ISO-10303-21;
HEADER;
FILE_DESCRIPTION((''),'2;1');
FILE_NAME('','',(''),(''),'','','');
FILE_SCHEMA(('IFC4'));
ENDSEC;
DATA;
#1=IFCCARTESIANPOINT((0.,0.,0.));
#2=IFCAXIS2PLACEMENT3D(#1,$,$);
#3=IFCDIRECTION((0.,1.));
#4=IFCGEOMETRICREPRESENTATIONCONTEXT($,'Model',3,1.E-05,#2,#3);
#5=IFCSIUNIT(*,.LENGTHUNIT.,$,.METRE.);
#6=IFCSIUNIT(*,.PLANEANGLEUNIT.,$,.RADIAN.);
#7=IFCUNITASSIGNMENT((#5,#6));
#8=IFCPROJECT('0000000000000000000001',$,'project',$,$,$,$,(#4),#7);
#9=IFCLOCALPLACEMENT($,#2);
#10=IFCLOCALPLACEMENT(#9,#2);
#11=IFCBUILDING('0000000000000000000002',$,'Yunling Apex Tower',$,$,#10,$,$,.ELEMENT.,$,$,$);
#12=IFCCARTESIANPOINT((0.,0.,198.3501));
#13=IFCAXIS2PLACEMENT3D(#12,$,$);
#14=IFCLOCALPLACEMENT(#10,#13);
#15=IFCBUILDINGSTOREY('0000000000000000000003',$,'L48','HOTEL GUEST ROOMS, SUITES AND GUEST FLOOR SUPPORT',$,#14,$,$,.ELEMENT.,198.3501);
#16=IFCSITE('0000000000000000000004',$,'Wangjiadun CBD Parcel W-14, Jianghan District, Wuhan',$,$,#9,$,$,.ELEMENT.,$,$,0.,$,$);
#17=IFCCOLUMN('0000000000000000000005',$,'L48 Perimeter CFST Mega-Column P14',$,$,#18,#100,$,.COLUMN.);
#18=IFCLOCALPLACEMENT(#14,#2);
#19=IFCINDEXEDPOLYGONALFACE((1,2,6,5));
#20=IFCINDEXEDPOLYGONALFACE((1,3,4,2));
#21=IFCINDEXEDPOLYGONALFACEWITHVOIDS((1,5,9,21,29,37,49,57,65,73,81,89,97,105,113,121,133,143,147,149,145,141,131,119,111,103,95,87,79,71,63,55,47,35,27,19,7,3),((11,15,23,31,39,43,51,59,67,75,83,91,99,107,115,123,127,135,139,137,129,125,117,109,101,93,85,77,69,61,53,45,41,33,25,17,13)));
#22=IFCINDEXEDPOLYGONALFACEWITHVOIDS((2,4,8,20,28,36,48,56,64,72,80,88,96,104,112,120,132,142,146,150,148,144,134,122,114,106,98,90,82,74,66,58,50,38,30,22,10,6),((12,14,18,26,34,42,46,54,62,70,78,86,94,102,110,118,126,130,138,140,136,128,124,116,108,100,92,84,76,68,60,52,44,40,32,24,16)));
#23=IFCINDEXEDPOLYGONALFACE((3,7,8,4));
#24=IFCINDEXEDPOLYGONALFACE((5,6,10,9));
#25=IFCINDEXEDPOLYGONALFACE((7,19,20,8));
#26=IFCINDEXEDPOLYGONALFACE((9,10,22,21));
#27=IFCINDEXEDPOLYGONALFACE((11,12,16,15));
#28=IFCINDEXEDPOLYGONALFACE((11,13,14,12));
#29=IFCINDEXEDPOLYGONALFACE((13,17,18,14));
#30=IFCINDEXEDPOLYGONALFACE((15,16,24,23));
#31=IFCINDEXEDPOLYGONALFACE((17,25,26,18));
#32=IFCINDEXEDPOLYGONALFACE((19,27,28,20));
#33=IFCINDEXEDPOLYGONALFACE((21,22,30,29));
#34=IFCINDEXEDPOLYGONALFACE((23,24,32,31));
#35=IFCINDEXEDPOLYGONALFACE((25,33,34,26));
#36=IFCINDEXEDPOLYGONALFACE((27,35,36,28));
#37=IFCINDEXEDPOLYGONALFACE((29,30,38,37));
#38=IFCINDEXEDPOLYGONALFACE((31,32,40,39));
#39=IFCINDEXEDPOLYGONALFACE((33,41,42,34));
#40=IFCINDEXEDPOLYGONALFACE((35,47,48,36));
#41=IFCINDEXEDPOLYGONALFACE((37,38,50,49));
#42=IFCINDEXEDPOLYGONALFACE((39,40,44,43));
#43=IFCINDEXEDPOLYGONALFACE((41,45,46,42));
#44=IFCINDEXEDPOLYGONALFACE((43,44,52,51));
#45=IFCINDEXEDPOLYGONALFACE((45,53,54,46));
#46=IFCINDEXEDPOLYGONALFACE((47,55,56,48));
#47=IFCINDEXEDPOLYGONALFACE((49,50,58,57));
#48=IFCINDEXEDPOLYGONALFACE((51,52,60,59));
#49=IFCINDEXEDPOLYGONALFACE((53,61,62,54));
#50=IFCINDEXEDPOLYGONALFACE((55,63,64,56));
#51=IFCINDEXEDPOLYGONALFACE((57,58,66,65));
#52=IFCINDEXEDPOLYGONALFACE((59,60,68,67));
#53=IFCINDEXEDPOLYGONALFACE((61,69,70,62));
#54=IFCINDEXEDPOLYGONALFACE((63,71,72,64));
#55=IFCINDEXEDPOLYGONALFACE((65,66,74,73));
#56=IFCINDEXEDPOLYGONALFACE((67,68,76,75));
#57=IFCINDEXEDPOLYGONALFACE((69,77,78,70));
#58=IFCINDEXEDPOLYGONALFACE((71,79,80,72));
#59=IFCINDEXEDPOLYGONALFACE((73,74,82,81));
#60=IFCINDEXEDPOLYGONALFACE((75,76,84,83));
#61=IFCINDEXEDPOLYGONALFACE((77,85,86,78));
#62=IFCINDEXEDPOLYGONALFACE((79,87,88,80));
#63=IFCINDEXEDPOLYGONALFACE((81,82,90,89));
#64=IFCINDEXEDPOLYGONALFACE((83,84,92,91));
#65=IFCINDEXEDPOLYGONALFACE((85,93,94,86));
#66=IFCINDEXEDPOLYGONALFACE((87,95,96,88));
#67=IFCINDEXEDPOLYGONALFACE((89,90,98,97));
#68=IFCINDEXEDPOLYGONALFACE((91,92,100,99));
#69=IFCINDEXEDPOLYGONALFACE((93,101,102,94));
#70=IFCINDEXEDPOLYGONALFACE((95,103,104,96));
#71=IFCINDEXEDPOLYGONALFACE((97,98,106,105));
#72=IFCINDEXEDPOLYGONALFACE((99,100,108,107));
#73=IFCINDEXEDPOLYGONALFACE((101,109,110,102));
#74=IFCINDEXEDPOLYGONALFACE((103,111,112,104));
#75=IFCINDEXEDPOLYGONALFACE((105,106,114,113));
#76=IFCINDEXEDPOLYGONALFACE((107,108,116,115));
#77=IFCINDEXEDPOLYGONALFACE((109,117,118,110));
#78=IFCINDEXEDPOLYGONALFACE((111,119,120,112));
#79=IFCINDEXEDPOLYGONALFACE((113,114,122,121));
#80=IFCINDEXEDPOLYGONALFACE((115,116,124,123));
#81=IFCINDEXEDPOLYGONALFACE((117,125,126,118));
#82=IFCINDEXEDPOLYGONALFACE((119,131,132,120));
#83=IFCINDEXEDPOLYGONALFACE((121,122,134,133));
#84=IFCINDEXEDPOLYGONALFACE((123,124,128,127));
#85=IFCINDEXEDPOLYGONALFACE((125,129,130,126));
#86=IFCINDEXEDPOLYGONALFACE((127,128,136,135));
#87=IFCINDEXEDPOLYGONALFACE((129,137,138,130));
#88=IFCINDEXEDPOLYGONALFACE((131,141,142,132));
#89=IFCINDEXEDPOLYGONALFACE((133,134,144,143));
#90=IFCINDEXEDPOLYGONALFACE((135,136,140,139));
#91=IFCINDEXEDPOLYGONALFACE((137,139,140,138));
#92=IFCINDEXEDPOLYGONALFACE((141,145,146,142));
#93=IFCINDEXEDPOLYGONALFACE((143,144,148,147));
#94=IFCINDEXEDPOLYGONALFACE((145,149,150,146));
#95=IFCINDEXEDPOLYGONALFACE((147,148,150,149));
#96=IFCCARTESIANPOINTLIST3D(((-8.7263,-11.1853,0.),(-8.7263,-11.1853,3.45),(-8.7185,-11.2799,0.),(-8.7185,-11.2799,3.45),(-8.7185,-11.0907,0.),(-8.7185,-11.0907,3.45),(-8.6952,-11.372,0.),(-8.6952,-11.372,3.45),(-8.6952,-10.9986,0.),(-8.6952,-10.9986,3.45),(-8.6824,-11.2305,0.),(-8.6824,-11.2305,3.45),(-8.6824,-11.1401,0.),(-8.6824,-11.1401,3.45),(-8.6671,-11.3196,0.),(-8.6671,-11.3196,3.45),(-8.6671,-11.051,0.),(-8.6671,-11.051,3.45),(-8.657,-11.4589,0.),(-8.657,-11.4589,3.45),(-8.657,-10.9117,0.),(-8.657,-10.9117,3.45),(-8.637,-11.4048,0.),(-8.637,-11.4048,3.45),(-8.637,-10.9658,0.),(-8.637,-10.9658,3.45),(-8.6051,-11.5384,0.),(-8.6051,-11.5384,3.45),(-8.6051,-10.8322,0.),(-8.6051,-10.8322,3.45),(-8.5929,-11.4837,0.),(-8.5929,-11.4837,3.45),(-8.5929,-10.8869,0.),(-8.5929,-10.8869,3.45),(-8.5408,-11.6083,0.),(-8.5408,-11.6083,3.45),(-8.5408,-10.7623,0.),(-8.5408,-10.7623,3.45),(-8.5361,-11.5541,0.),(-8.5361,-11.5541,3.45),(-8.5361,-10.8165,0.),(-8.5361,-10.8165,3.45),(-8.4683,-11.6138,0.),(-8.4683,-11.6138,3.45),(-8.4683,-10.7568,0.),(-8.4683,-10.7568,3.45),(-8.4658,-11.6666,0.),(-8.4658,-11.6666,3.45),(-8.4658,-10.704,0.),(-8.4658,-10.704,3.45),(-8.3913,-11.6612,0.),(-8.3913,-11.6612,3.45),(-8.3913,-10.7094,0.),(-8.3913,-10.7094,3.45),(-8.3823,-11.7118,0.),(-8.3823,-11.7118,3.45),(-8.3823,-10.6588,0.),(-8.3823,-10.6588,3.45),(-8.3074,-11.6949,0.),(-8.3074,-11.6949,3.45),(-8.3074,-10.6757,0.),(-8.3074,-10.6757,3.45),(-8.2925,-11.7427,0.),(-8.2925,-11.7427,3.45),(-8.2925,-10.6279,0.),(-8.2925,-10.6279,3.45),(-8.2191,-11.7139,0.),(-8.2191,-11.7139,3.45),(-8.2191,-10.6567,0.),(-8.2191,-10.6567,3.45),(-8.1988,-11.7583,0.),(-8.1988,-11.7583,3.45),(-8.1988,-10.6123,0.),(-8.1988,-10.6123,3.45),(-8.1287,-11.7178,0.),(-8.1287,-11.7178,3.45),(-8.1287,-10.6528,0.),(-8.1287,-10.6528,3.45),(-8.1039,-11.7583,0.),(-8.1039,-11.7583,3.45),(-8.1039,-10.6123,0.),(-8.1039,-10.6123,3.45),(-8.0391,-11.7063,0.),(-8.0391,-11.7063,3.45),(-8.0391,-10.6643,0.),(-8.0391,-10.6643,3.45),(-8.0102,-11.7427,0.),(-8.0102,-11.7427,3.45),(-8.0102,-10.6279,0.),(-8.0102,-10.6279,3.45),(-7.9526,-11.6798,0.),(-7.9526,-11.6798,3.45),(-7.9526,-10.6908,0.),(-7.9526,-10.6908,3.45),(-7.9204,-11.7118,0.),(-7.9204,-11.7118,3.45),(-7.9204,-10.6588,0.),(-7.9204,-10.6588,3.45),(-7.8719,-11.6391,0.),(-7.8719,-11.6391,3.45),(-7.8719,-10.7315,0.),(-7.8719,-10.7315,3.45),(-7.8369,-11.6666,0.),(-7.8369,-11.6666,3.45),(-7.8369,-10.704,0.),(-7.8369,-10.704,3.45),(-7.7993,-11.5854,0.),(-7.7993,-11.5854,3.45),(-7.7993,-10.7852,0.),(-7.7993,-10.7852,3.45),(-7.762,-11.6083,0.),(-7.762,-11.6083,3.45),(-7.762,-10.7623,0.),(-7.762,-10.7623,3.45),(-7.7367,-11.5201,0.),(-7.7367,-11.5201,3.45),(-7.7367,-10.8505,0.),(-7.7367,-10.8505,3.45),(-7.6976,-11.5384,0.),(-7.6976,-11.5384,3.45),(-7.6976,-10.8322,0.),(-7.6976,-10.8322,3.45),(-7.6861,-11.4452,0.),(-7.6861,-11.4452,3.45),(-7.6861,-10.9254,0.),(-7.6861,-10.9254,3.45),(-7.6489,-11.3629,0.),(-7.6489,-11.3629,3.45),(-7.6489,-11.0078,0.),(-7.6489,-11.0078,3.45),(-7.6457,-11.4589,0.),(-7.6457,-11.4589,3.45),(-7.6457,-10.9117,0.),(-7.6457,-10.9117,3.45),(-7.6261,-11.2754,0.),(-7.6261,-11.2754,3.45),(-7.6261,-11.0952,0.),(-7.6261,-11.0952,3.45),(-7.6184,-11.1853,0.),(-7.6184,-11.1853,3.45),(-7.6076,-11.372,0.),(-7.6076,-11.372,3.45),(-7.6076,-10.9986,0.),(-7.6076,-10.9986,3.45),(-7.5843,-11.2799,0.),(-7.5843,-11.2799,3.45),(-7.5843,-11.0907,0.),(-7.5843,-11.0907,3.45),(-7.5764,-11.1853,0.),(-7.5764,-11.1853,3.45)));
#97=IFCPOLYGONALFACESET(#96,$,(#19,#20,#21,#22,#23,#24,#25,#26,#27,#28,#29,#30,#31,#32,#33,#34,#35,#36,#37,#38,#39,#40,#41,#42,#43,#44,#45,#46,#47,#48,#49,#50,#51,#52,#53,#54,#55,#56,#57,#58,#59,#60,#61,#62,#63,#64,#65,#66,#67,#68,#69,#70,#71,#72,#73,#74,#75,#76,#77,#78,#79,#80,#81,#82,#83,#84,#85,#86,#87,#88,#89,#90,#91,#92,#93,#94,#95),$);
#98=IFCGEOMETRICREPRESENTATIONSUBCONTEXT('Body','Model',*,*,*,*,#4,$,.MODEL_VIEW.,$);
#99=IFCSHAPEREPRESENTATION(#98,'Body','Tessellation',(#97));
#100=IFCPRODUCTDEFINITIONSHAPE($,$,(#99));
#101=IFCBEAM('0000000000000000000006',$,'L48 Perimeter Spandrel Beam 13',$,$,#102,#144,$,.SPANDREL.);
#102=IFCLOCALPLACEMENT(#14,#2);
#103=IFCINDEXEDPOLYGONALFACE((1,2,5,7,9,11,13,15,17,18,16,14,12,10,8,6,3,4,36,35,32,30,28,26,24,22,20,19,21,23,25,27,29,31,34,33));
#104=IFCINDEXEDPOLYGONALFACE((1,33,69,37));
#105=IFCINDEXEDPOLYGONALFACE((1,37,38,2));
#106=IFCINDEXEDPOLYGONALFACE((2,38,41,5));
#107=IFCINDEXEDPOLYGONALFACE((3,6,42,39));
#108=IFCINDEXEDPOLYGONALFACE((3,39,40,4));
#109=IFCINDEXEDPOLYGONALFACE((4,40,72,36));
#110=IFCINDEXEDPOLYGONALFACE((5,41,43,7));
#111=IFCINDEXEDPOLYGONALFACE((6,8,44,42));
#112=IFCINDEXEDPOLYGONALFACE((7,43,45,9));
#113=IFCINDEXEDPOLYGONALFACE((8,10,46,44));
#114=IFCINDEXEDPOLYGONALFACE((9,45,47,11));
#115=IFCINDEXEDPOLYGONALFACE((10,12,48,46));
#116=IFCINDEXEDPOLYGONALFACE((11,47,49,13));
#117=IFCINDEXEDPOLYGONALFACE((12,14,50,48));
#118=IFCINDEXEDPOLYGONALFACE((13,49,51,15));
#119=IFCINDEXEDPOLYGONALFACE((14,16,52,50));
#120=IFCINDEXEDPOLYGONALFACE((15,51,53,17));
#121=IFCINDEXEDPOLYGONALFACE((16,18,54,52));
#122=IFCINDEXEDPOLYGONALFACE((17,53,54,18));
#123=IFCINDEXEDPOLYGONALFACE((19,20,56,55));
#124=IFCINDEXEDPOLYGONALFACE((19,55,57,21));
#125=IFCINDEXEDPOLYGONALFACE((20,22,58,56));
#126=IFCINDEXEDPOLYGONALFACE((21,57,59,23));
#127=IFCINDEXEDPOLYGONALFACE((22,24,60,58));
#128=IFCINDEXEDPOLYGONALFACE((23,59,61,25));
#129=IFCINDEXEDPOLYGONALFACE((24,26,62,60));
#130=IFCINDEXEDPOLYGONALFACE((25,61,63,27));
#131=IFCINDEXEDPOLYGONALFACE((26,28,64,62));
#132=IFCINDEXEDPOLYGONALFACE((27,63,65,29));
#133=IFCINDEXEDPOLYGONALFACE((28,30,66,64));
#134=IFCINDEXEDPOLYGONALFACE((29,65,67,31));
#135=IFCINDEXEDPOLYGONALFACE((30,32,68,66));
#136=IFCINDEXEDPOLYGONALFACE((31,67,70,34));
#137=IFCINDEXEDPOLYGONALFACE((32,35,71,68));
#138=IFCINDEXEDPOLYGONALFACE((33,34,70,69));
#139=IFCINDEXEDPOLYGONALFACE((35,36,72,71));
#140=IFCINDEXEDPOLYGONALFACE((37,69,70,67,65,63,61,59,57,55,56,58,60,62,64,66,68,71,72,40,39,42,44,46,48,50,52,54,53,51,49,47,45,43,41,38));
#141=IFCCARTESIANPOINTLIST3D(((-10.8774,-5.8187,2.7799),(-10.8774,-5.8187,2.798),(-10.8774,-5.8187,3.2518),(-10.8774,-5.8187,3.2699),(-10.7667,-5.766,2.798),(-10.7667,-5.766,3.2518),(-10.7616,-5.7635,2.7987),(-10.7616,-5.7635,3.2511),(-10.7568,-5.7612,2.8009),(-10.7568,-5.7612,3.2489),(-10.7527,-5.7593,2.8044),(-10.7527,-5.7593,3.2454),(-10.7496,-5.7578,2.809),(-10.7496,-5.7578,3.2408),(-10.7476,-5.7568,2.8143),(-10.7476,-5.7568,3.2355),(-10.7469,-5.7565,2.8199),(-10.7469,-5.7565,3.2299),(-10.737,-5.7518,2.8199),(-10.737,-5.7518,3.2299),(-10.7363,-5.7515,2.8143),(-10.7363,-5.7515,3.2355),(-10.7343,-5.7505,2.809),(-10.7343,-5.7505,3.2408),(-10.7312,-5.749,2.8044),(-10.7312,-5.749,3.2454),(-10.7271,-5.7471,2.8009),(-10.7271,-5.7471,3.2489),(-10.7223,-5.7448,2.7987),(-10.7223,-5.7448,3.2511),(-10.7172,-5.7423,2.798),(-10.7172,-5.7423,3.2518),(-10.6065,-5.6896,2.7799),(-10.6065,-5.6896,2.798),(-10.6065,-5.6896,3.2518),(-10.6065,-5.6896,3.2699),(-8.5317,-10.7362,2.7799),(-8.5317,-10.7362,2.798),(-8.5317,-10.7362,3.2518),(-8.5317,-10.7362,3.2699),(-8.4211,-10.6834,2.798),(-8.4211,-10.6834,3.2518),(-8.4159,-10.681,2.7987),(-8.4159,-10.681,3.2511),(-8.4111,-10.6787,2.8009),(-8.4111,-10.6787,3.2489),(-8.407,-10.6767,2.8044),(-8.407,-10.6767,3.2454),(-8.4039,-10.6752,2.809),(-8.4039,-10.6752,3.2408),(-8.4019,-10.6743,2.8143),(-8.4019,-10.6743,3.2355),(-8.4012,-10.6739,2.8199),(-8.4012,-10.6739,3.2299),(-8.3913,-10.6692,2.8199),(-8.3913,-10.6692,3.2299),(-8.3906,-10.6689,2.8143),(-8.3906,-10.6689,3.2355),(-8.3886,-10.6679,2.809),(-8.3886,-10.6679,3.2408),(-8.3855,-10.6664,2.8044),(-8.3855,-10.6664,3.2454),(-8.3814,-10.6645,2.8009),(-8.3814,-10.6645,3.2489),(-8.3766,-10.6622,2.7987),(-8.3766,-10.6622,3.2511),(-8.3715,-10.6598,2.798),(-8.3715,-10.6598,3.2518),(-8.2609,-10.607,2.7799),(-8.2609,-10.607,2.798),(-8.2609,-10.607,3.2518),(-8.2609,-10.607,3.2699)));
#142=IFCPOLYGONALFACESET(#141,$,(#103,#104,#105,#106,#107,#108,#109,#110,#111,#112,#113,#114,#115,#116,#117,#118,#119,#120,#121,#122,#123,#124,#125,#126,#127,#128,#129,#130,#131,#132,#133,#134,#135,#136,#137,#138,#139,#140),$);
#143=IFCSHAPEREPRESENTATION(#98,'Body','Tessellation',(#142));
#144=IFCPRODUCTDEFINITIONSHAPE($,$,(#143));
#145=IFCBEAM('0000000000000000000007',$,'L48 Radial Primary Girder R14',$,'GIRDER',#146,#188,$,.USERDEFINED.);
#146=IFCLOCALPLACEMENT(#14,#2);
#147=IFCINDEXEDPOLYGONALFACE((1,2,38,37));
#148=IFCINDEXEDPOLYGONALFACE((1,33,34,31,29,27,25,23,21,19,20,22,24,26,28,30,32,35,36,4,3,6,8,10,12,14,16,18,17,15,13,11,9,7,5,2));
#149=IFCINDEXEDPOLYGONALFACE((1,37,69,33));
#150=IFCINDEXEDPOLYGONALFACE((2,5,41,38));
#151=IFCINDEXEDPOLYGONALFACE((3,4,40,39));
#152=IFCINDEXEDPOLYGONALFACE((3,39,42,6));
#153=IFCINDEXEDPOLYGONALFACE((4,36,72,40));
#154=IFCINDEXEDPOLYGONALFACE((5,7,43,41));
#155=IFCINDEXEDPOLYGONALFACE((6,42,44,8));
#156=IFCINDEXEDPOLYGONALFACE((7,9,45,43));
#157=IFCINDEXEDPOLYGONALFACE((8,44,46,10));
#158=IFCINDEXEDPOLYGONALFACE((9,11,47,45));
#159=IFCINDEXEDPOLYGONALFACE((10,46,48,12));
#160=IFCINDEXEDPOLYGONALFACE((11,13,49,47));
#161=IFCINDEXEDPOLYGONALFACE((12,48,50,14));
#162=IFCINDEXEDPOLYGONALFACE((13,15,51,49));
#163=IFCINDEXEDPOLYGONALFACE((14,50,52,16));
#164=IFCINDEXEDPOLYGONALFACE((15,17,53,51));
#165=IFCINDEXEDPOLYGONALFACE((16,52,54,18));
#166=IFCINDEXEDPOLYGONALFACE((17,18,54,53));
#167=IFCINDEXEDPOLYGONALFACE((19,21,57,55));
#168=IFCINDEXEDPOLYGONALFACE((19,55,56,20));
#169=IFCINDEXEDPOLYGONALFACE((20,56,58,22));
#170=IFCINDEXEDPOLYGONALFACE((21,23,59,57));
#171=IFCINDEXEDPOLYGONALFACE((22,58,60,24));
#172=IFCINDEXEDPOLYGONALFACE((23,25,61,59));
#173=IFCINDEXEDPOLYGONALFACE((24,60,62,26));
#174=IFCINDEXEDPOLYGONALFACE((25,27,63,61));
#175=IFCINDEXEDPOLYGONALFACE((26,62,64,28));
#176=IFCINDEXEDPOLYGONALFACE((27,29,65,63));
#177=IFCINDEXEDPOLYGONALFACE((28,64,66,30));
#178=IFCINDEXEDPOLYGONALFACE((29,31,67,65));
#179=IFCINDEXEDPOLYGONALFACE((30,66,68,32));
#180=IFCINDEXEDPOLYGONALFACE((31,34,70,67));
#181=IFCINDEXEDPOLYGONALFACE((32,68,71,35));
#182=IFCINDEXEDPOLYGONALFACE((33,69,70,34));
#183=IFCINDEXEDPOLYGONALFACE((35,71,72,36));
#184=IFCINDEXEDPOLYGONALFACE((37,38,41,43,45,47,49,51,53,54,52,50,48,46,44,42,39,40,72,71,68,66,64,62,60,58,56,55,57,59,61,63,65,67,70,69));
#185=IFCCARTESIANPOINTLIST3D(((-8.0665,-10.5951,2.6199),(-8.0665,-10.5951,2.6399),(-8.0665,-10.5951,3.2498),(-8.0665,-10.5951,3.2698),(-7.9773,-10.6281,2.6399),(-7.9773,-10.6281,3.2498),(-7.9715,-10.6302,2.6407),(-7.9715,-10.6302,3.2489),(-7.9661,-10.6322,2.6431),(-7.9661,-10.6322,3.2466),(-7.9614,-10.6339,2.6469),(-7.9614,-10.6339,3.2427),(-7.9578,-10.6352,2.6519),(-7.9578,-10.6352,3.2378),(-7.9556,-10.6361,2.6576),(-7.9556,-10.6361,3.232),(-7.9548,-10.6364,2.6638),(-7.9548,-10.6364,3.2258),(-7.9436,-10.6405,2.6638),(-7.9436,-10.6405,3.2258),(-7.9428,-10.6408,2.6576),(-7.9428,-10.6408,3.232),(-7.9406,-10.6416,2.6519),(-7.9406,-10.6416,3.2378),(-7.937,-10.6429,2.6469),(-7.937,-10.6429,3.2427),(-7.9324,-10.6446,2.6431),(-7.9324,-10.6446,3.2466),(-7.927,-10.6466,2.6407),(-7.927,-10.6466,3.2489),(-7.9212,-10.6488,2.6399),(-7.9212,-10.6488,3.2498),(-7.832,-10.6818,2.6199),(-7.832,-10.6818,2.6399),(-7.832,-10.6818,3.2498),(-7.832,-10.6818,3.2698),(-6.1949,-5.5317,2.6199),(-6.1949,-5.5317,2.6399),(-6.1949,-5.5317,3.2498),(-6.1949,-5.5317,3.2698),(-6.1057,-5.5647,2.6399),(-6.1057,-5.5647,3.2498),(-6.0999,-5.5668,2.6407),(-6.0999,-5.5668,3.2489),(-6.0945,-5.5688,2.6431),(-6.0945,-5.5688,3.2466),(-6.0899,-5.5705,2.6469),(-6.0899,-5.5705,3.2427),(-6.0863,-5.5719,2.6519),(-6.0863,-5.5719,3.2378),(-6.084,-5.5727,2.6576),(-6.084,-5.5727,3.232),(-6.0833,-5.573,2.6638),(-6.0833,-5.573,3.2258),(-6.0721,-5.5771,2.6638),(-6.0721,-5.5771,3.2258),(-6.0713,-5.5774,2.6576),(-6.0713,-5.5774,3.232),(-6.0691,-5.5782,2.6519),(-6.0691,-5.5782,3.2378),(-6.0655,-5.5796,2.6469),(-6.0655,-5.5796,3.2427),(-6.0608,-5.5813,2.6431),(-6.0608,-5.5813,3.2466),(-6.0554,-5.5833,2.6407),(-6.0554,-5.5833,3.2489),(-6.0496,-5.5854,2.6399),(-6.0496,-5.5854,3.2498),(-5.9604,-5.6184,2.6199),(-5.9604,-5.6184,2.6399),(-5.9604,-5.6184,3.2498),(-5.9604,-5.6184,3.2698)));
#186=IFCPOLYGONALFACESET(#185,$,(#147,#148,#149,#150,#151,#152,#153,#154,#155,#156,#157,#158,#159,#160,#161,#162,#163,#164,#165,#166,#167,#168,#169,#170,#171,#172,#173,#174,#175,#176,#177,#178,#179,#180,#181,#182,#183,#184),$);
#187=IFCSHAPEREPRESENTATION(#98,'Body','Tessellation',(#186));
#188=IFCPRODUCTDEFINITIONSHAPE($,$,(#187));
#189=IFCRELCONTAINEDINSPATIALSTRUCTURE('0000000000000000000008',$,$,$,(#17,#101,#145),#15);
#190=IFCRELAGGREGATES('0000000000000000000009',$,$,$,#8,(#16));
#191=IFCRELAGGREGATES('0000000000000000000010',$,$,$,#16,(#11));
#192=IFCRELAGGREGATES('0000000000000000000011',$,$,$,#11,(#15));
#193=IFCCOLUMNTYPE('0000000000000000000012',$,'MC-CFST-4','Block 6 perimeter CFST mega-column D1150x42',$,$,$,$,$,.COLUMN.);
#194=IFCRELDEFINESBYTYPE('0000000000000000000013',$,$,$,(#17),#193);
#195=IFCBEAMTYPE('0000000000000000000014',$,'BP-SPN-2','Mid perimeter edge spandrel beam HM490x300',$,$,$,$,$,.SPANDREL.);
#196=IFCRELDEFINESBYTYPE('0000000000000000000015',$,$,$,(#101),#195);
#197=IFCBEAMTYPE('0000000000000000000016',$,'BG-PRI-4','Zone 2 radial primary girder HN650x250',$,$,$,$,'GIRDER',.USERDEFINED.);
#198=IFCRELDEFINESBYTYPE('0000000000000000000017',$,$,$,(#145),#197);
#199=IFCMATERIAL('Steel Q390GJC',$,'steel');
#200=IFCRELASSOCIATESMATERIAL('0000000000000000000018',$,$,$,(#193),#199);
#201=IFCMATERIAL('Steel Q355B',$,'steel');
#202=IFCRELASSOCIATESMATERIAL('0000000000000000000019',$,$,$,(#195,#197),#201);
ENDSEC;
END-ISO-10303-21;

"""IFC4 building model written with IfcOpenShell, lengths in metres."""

from ifc_helpers import new_model, si_unit, direction, frame, origin, origin_2d, place, context, subcontext, project, spatial, hollow_circle, i_section, extrude, source, transform, mapped, material, material_profile, profile_set, type_object, element, save


model = new_model("IFC4")

# Units and contexts
model_context = context("Model", 3, precision=1e-05, world=origin(), true_north=direction((0.0, 1.0)))
body_context = subcontext(model_context, "Body", "Model", "MODEL_VIEW")
ifc_project = project(units=[si_unit("LENGTHUNIT", "METRE"), si_unit("PLANEANGLEUNIT", "RADIAN")], contexts=[model_context])

# Site, building, storey
site_placement = place(None, origin())
site = spatial("IfcSite", under=ifc_project, at=site_placement, Name="Wangjiadun CBD Parcel W-14, Jianghan District, Wuhan", CompositionType="ELEMENT", RefElevation=0.0)
building_placement = place(site_placement, origin())
building = spatial("IfcBuilding", under=site, at=building_placement, Name="Yunling Apex Tower", CompositionType="ELEMENT")
storey_placement = place(building_placement, frame((0.0, 0.0, 198.3501)))
storey = spatial("IfcBuildingStorey", under=building, at=storey_placement, Name="L48", Description="HOTEL GUEST ROOMS, SUITES AND GUEST FLOOR SUPPORT", CompositionType="ELEMENT", Elevation=198.3501)

# Column
ifc_material_1 = material(Name="Steel Q390GJC", Category="steel")
ifc_material_profile_1 = material_profile(ifc_material_1, hollow_circle(Radius=0.575, WallThickness=0.042, at=origin_2d()))
ifc_profile_set_1 = profile_set([ifc_material_profile_1], Name="Steel Q390GJC")
column_type = type_object("IfcColumnType", Name="MC-CFST-4", Description="Block 6 perimeter CFST mega-column D1150x42", PredefinedType="COLUMN", material=ifc_profile_set_1)
shared_shape_1 = source(origin(), body_context, "Body", "SweptSolid", [
    extrude(hollow_circle(Radius=0.575, WallThickness=0.042, at=origin_2d()), origin(), (0.0, 0.0, 1.0), 3.45),
])
column_placement = place(storey_placement, frame((-8.1514, -11.1853, 0.0), z_axis=(0.0, 0.0, 1.0), x_axis=(1.0, 0.0, 0.0)))
element("IfcColumn", 1, at=column_placement, inside=storey, type_object=column_type, Name="L48 Perimeter CFST Mega-Column P14", PredefinedType="COLUMN", context=body_context, shape_type="MappedRepresentation", body=[
    mapped(shared_shape_1, transform((0.0, 0.0, 0.0), scale=1.0)),
])

# Beams
ifc_material_2 = material(Name="Steel Q355B", Category="steel")
ifc_material_profile_2 = material_profile(ifc_material_2, i_section(OverallWidth=0.3, OverallDepth=0.49, WebThickness=0.011, FlangeThickness=0.0181, FilletRadius=0.022, at=origin_2d()))
ifc_profile_set_2 = profile_set([ifc_material_profile_2], Name="Steel Q355B")
beam_type_1 = type_object("IfcBeamType", Name="BP-SPN-2", Description="Mid perimeter edge spandrel beam HM490x300", PredefinedType="SPANDREL", material=ifc_profile_set_2)
shared_shape_2 = source(origin(), body_context, "Body", "SweptSolid", [
    extrude(i_section(OverallWidth=0.3, OverallDepth=0.49, WebThickness=0.011, FlangeThickness=0.0181, FilletRadius=0.022, at=origin_2d()), origin(), (0.0, 0.0, 1.0), 5.4482),
])
beam_1_placement = place(storey_placement, frame((-10.7419, -5.7542, 3.0249), z_axis=(0.430539, -0.902572, 0.0), x_axis=(0.902572, 0.430539, 0.0)))
element("IfcBeam", 2, at=beam_1_placement, inside=storey, type_object=beam_type_1, Name="L48 Perimeter Spandrel Beam 13", PredefinedType="SPANDREL", context=body_context, shape_type="MappedRepresentation", body=[
    mapped(shared_shape_2, transform((0.0, 0.0, 0.0), scale=1.0)),
])
ifc_material_profile_3 = material_profile(ifc_material_2, i_section(OverallWidth=0.25, OverallDepth=0.6499, WebThickness=0.012, FlangeThickness=0.02, FilletRadius=0.0239, at=origin_2d()))
ifc_profile_set_3 = profile_set([ifc_material_profile_3], Name="Steel Q355B")
beam_type_2 = type_object("IfcBeamType", Name="BG-PRI-4", Description="Zone 2 radial primary girder HN650x250", ElementType="GIRDER", PredefinedType="USERDEFINED", material=ifc_profile_set_3)
shared_shape_3 = source(origin(), body_context, "Body", "SweptSolid", [
    extrude(i_section(OverallWidth=0.25, OverallDepth=0.6499, WebThickness=0.012, FlangeThickness=0.02, FilletRadius=0.0239, at=origin_2d()), origin(), (0.0, 0.0, 1.0), 5.3982),
])
beam_2_placement = place(storey_placement, frame((-7.9492, -10.6384, 2.9448), z_axis=(0.346699, 0.937977, 0.0), x_axis=(-0.937977, 0.346699, 0.0)))
element("IfcBeam", 3, at=beam_2_placement, inside=storey, type_object=beam_type_2, Name="L48 Radial Primary Girder R14", ObjectType="GIRDER", PredefinedType="USERDEFINED", context=body_context, shape_type="MappedRepresentation", body=[
    mapped(shared_shape_3, transform((0.0, 0.0, 0.0), scale=1.0)),
])

save(model, "model.ifc")
